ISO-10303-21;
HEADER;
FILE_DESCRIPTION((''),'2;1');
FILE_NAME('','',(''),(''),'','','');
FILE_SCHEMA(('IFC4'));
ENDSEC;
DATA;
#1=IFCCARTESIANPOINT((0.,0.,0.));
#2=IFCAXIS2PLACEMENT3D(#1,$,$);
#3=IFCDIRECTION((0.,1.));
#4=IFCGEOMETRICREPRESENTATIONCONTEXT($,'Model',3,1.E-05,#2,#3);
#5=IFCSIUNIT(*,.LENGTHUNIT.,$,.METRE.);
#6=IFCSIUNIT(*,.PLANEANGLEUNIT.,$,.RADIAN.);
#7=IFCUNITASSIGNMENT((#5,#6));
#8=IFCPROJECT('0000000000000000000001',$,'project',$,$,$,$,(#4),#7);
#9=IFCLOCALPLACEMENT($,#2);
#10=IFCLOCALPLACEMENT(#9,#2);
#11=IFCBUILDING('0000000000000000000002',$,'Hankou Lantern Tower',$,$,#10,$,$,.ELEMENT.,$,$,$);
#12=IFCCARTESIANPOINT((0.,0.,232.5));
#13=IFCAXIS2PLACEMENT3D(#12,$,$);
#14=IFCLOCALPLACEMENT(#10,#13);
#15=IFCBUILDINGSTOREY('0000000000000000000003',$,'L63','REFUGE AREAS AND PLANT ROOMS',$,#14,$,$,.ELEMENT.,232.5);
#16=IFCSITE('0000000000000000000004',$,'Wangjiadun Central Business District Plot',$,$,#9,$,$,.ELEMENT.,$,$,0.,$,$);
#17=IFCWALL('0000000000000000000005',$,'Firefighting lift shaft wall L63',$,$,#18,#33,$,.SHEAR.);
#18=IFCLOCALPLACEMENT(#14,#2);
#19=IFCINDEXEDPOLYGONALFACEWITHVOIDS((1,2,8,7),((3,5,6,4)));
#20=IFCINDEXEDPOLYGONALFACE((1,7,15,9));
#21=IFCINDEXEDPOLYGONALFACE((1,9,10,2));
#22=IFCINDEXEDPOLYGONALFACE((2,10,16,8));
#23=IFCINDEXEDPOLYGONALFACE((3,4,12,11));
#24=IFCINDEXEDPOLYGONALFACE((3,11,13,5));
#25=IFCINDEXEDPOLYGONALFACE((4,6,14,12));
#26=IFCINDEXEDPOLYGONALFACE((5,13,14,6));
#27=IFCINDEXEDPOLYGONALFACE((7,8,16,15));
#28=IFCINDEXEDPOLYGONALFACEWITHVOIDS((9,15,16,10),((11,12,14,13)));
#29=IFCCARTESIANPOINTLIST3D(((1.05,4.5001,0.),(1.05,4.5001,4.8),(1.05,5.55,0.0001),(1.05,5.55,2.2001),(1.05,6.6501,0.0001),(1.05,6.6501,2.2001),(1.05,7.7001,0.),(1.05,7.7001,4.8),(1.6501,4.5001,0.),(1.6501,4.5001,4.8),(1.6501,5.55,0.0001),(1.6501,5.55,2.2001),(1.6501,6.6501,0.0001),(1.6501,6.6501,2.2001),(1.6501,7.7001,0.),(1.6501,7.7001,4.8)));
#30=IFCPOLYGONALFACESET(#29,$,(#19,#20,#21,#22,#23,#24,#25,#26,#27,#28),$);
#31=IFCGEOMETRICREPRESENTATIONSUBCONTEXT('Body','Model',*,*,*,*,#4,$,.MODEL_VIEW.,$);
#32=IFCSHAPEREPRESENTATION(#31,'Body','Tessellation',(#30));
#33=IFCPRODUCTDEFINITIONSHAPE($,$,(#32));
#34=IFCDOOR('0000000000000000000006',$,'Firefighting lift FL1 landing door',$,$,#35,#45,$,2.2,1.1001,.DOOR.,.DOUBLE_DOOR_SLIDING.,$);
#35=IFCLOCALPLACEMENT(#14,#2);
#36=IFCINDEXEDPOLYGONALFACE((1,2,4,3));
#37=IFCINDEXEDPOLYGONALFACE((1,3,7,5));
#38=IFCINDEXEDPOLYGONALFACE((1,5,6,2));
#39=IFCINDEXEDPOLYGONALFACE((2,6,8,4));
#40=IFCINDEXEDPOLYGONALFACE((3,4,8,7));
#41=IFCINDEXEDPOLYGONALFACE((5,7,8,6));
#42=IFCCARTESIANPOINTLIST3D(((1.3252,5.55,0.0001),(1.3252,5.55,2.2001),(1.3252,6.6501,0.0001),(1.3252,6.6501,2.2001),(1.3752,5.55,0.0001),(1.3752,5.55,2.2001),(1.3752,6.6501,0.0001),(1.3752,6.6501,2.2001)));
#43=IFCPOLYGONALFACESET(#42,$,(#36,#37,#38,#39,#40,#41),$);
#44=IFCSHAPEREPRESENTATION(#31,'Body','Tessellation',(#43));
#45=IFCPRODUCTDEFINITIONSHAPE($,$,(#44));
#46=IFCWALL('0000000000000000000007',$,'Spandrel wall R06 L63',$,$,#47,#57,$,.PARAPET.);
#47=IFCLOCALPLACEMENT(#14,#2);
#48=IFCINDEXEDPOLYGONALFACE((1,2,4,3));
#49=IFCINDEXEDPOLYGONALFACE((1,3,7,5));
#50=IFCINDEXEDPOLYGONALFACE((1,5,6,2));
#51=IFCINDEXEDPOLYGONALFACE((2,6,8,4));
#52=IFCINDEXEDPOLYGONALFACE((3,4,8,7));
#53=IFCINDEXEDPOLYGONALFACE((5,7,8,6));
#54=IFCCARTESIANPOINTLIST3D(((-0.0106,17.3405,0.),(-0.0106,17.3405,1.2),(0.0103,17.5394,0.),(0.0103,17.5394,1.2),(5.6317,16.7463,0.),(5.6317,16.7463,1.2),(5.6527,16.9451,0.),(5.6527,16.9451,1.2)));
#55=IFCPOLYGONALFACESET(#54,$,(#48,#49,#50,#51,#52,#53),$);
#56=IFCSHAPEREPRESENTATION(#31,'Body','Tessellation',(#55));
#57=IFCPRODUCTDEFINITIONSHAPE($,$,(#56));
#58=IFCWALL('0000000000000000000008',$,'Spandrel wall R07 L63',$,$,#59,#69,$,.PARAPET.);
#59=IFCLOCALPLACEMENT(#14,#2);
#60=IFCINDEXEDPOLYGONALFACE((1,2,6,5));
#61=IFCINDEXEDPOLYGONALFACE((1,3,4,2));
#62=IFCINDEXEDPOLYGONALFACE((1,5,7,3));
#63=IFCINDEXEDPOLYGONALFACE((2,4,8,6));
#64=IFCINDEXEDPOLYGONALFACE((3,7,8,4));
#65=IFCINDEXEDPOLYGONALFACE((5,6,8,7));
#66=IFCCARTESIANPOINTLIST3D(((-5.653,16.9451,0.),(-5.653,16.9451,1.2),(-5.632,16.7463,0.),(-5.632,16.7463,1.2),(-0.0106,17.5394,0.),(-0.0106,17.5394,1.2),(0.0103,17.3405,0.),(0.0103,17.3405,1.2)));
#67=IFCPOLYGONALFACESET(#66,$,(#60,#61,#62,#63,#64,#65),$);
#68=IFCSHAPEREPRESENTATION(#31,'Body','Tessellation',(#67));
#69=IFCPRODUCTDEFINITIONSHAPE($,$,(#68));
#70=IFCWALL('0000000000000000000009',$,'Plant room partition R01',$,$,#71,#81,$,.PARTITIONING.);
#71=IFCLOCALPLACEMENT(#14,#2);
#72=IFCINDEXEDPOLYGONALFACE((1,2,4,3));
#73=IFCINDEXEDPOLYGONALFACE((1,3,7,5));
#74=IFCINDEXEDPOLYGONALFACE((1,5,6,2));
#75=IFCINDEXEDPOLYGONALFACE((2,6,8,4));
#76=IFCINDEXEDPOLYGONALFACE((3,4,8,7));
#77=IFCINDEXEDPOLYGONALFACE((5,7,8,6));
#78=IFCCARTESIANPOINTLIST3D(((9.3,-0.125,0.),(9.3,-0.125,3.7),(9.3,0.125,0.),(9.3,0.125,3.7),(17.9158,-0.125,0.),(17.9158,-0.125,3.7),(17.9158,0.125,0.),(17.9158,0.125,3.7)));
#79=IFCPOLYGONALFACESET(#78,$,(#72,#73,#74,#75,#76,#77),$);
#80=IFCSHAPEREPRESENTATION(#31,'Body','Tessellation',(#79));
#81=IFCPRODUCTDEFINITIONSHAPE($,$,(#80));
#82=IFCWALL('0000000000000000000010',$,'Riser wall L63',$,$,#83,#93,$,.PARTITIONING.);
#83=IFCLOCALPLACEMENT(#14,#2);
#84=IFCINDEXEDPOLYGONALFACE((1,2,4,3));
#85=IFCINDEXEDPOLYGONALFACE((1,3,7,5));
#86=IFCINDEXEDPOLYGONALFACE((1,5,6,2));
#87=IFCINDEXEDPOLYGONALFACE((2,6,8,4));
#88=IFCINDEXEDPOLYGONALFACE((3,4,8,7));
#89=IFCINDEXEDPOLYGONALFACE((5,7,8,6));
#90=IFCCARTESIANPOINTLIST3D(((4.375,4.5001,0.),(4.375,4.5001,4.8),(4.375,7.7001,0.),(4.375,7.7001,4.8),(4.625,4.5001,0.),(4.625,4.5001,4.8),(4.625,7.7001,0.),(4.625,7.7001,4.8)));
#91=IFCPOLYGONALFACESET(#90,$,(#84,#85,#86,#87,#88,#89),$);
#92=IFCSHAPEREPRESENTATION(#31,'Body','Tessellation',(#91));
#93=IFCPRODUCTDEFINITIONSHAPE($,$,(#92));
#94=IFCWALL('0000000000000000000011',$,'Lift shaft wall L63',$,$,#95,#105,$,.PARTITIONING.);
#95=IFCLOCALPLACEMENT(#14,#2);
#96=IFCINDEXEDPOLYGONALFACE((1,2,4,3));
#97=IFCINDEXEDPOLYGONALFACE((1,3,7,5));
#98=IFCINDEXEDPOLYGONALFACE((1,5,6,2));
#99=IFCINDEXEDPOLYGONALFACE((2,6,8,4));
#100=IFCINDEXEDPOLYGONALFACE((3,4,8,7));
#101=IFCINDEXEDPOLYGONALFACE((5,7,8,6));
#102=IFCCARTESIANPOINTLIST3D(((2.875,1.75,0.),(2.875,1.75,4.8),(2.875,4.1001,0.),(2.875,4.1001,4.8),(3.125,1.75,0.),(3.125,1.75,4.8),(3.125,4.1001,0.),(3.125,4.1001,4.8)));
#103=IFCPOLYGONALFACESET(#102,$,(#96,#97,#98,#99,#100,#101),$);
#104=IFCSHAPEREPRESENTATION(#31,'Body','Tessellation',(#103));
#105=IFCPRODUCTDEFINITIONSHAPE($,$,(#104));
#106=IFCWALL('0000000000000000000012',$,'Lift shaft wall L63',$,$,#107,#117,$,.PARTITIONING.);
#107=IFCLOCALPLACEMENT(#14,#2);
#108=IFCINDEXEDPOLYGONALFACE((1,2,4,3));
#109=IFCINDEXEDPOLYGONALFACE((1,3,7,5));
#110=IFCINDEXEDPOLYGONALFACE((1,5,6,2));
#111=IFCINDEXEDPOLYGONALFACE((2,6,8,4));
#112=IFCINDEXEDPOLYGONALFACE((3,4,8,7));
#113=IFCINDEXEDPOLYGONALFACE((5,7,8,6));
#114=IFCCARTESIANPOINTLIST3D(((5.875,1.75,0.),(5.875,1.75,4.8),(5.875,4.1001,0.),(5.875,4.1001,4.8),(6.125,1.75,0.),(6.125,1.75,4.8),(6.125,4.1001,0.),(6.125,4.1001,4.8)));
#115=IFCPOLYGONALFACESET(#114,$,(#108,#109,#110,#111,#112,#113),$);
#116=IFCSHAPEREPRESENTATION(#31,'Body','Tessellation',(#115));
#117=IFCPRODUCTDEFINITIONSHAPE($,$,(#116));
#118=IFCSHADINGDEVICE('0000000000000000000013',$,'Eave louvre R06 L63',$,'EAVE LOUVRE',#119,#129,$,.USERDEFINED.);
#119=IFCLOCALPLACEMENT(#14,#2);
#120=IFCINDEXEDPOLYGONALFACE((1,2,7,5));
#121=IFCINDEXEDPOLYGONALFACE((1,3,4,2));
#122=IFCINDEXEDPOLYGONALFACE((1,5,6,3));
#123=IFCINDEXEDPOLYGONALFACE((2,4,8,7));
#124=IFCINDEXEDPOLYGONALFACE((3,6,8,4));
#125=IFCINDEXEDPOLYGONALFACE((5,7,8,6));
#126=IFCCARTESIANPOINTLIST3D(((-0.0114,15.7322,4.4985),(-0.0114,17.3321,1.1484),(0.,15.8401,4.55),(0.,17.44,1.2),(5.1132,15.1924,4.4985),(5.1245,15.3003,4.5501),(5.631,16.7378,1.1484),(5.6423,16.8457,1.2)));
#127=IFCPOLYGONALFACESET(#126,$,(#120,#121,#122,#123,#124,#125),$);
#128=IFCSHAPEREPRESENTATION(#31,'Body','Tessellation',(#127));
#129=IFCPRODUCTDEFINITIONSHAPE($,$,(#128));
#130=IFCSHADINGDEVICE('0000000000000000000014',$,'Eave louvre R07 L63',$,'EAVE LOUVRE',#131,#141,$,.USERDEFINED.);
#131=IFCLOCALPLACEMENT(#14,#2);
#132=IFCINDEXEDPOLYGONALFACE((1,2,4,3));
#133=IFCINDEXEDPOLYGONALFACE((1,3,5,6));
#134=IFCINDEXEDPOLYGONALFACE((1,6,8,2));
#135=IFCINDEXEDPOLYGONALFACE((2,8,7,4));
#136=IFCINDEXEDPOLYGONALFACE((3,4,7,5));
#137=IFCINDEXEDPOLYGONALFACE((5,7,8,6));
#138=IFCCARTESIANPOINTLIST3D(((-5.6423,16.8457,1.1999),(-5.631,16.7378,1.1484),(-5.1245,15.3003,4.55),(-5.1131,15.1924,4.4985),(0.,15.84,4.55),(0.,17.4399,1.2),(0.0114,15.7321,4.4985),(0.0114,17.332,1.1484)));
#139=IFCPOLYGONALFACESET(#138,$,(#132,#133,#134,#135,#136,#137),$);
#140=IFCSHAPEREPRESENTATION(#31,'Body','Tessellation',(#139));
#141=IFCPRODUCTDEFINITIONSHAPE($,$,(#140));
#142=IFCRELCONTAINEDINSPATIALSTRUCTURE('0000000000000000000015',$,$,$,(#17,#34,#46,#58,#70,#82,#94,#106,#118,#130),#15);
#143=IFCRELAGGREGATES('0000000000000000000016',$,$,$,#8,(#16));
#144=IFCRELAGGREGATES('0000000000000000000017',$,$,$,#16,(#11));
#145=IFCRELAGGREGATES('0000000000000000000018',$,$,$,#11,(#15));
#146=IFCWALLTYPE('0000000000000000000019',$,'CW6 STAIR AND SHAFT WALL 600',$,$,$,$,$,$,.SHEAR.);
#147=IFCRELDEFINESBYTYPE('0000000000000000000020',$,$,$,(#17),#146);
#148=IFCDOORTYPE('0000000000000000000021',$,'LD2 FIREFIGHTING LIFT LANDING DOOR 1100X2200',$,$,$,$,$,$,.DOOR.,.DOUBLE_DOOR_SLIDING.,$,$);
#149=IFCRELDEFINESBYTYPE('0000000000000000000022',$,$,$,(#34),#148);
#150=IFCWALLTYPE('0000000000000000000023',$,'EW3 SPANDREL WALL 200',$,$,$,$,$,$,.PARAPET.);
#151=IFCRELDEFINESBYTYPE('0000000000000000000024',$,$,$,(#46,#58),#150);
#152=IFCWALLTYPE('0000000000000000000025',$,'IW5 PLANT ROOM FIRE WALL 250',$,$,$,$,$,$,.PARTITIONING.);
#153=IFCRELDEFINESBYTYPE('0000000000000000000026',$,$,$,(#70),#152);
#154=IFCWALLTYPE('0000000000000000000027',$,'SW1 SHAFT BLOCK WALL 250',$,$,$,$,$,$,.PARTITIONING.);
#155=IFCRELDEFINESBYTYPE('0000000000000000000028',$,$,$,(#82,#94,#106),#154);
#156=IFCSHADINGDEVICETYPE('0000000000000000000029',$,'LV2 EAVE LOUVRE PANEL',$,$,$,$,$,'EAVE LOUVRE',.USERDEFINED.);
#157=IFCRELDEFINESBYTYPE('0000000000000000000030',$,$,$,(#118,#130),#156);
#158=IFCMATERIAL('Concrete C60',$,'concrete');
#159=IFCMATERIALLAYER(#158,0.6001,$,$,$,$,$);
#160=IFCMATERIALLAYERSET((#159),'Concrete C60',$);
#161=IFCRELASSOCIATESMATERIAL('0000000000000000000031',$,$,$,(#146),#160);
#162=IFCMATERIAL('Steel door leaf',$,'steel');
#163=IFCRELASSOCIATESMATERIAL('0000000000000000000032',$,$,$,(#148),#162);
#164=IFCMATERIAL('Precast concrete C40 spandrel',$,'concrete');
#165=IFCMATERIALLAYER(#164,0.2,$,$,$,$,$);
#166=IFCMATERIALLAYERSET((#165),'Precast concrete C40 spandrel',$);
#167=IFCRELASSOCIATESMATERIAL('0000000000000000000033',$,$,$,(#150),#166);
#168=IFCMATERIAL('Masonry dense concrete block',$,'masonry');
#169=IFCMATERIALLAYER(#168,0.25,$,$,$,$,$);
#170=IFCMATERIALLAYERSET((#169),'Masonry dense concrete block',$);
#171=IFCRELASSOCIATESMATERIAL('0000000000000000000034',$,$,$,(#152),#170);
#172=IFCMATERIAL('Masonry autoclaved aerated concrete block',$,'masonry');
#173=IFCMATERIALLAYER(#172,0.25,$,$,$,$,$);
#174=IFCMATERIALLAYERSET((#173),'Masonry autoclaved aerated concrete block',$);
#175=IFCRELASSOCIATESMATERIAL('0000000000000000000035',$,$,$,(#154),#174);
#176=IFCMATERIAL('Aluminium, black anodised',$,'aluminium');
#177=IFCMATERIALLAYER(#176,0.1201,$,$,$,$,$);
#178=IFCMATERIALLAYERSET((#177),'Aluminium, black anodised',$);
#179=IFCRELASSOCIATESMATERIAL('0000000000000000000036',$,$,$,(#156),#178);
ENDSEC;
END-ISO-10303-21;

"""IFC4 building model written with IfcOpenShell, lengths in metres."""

from ifc_helpers import new_model, si_unit, direction, frame, frame_2d, origin, place, context, subcontext, project, spatial, polyline, rectangle, outline, extrude, material, layer, layer_set, type_object, element, fill, save


model = new_model("IFC4")

# Units and contexts
model_context = context("Model", 3, precision=1e-05, world=origin(), true_north=direction((0.0, 1.0)))
body_context = subcontext(model_context, "Body", "Model", "MODEL_VIEW")
ifc_project = project(units=[si_unit("LENGTHUNIT", "METRE"), si_unit("PLANEANGLEUNIT", "RADIAN")], contexts=[model_context])

# Site, building, storey
site_placement = place(None, origin())
site = spatial("IfcSite", under=ifc_project, at=site_placement, Name="Wangjiadun Central Business District Plot", CompositionType="ELEMENT", RefElevation=0.0)
building_placement = place(site_placement, origin())
building = spatial("IfcBuilding", under=site, at=building_placement, Name="Hankou Lantern Tower", CompositionType="ELEMENT")
storey_placement = place(building_placement, frame((0.0, 0.0, 232.5)))
storey = spatial("IfcBuildingStorey", under=building, at=storey_placement, Name="L63", Description="REFUGE AREAS AND PLANT ROOMS", CompositionType="ELEMENT", Elevation=232.5)

# Wall, opening, door
ifc_material_1 = material(Name="Concrete C60", Category="concrete")
ifc_layer_1 = layer(ifc_material_1, 0.6001)
ifc_layer_set_1 = layer_set([ifc_layer_1], Name="Concrete C60")
wall_type_1 = type_object("IfcWallType", Name="CW6 STAIR AND SHAFT WALL 600", PredefinedType="SHEAR", material=ifc_layer_set_1)
wall_1_placement = place(storey_placement, frame((1.3501, 4.5, 0.0), z_axis=(0.0, 0.0, 1.0), x_axis=(0.0, 1.0, 0.0)))
wall_1 = element("IfcWall", 1, at=wall_1_placement, inside=storey, type_object=wall_type_1, Name="Firefighting lift shaft wall L63", PredefinedType="SHEAR", context=body_context, shape_type="SweptSolid", body=[
    extrude(rectangle(XDim=3.2, YDim=0.6001, at=frame_2d((1.6001, 0.0))), origin(), (0.0, 0.0, 1.0), 4.8),
])
opening_1_placement = place(wall_1_placement, frame((1.05, 0.0, 0.0)))
opening_1 = element("IfcOpeningElement", 2, at=opening_1_placement, cuts=wall_1, PredefinedType="OPENING", context=body_context, shape_type="SweptSolid", body=[
    extrude(rectangle(XDim=1.1001, YDim=2.2, at=frame_2d((0.55, 1.1001))), frame((0.0, 0.3101, 0.0), z_axis=(0.0, -1.0, 0.0), x_axis=(1.0, 0.0, 0.0)), (0.0, 0.0, 1.0), 0.6201),
])
ifc_material_2 = material(Name="Steel door leaf", Category="steel")
door_type_1 = type_object("IfcDoorType", Name="LD2 FIREFIGHTING LIFT LANDING DOOR 1100X2200", OperationType="DOUBLE_DOOR_SLIDING", PredefinedType="DOOR", material=ifc_material_2)
door_1_placement = place(opening_1_placement, origin())
door_1 = element("IfcDoor", 3, at=door_1_placement, inside=storey, type_object=door_type_1, Name="Firefighting lift FL1 landing door", OperationType="DOUBLE_DOOR_SLIDING", OverallHeight=2.2, OverallWidth=1.1001, PredefinedType="DOOR", context=body_context, shape_type="SweptSolid", body=[
    extrude(rectangle(XDim=1.1001, YDim=2.2, at=frame_2d((0.55, 1.1001))), frame((0.0, 0.0249, 0.0), z_axis=(0.0, -1.0, 0.0), x_axis=(1.0, 0.0, 0.0)), (0.0, 0.0, 1.0), 0.05),
])
fill(opening_1, door_1)

# Walls
ifc_material_3 = material(Name="Precast concrete C40 spandrel", Category="concrete")
ifc_layer_2 = layer(ifc_material_3, 0.2)
ifc_layer_set_2 = layer_set([ifc_layer_2], Name="Precast concrete C40 spandrel")
wall_type_2 = type_object("IfcWallType", Name="EW3 SPANDREL WALL 200", PredefinedType="PARAPET", material=ifc_layer_set_2)
for number, where, z_axis, x_axis, name in (
    (4, (5.6423, 16.8457, 0.0), (0.0, 0.0, 1.0), (-0.9945, 0.104739, 0.0), "Spandrel wall R06 L63"),
    (5, (0.0, 17.4399, 0.0), (0.0, 0.0, 1.0), (-0.9945, -0.104739, 0.0), "Spandrel wall R07 L63"),
):
    element("IfcWall", number, at=place(storey_placement, frame(where, z_axis=z_axis, x_axis=x_axis)), inside=storey, type_object=wall_type_2, Name=name, PredefinedType="PARAPET", context=body_context, shape_type="SweptSolid", body=[
        extrude(rectangle(XDim=5.6736, YDim=0.2, at=frame_2d((2.8369, 0.0))), origin(), (0.0, 0.0, 1.0), 1.2),
    ])

# Shared definitions
ifc_material_4 = material(Name="Masonry dense concrete block", Category="masonry")
ifc_layer_3 = layer(ifc_material_4, 0.25)
ifc_layer_set_3 = layer_set([ifc_layer_3], Name="Masonry dense concrete block")
wall_type_3 = type_object("IfcWallType", Name="IW5 PLANT ROOM FIRE WALL 250", PredefinedType="PARTITIONING", material=ifc_layer_set_3)

# Walls
wall_2_placement = place(storey_placement, frame((9.3, 0.0, 0.0), z_axis=(0.0, 0.0, 1.0), x_axis=(1.0, 0.0, 0.0)))
element("IfcWall", 6, at=wall_2_placement, inside=storey, type_object=wall_type_3, Name="Plant room partition R01", PredefinedType="PARTITIONING", context=body_context, shape_type="SweptSolid", body=[
    extrude(rectangle(XDim=8.6157, YDim=0.25, at=frame_2d((4.3079, 0.0))), origin(), (0.0, 0.0, 1.0), 3.7),
])
ifc_material_5 = material(Name="Masonry autoclaved aerated concrete block", Category="masonry")
ifc_layer_4 = layer(ifc_material_5, 0.25)
ifc_layer_set_4 = layer_set([ifc_layer_4], Name="Masonry autoclaved aerated concrete block")
wall_type_4 = type_object("IfcWallType", Name="SW1 SHAFT BLOCK WALL 250", PredefinedType="PARTITIONING", material=ifc_layer_set_4)
wall_3_placement = place(storey_placement, frame((4.5, 4.5, 0.0), z_axis=(0.0, 0.0, 1.0), x_axis=(0.0, 1.0, 0.0)))
element("IfcWall", 7, at=wall_3_placement, inside=storey, type_object=wall_type_4, Name="Riser wall L63", PredefinedType="PARTITIONING", context=body_context, shape_type="SweptSolid", body=[
    extrude(rectangle(XDim=3.2, YDim=0.25, at=frame_2d((1.6001, 0.0))), origin(), (0.0, 0.0, 1.0), 4.8),
])
for number, where, z_axis, x_axis, name in (
    (8, (3.0, 1.75, 0.0), (0.0, 0.0, 1.0), (0.0, 1.0, 0.0), "Lift shaft wall L63"),
    (9, (6.0, 1.75, 0.0), (0.0, 0.0, 1.0), (0.0, 1.0, 0.0), "Lift shaft wall L63"),
):
    element("IfcWall", number, at=place(storey_placement, frame(where, z_axis=z_axis, x_axis=x_axis)), inside=storey, type_object=wall_type_4, Name=name, PredefinedType="PARTITIONING", context=body_context, shape_type="SweptSolid", body=[
        extrude(rectangle(XDim=2.3501, YDim=0.25, at=frame_2d((1.175, 0.0))), origin(), (0.0, 0.0, 1.0), 4.8),
    ])

# Shading devices
ifc_material_6 = material(Name="Aluminium, black anodised", Category="aluminium")
ifc_layer_5 = layer(ifc_material_6, 0.1201)
ifc_layer_set_5 = layer_set([ifc_layer_5], Name="Aluminium, black anodised")
shading_device_type = type_object("IfcShadingDeviceType", Name="LV2 EAVE LOUVRE PANEL", ElementType="EAVE LOUVRE", PredefinedType="USERDEFINED", material=ifc_layer_set_5)
shading_device_1_placement = place(storey_placement, frame((5.6423, 16.8457, 1.2), z_axis=(0.094618, 0.898329, 0.429014), x_axis=(-0.994499, 0.104745, 0.000003)))
element("IfcShadingDevice", 10, at=shading_device_1_placement, inside=storey, type_object=shading_device_type, Name="Eave louvre R06 L63", ObjectType="EAVE LOUVRE", PredefinedType="USERDEFINED", context=body_context, shape_type="SweptSolid", body=[
    extrude(outline(polyline([(0.0, 0.0), (5.6735, 0.0), (5.506, 3.7087), (0.3531, 3.7088), (0.0, 0.0)])), origin(), (0.0, 0.0, -1.0), 0.1201),
])
shading_device_2_placement = place(storey_placement, frame((0.0, 17.4399, 1.2), z_axis=(-0.094618, 0.898329, 0.429014), x_axis=(-0.994499, -0.104745, -0.000003)))
element("IfcShadingDevice", 11, at=shading_device_2_placement, inside=storey, type_object=shading_device_type, Name="Eave louvre R07 L63", ObjectType="EAVE LOUVRE", PredefinedType="USERDEFINED", context=body_context, shape_type="SweptSolid", body=[
    extrude(outline(polyline([(0.0, 0.0), (5.6735, 0.0), (5.3204, 3.7088), (0.1676, 3.7087), (0.0, 0.0)])), origin(), (0.0, 0.0, -1.0), 0.1201),
])

save(model, "model.ifc")
